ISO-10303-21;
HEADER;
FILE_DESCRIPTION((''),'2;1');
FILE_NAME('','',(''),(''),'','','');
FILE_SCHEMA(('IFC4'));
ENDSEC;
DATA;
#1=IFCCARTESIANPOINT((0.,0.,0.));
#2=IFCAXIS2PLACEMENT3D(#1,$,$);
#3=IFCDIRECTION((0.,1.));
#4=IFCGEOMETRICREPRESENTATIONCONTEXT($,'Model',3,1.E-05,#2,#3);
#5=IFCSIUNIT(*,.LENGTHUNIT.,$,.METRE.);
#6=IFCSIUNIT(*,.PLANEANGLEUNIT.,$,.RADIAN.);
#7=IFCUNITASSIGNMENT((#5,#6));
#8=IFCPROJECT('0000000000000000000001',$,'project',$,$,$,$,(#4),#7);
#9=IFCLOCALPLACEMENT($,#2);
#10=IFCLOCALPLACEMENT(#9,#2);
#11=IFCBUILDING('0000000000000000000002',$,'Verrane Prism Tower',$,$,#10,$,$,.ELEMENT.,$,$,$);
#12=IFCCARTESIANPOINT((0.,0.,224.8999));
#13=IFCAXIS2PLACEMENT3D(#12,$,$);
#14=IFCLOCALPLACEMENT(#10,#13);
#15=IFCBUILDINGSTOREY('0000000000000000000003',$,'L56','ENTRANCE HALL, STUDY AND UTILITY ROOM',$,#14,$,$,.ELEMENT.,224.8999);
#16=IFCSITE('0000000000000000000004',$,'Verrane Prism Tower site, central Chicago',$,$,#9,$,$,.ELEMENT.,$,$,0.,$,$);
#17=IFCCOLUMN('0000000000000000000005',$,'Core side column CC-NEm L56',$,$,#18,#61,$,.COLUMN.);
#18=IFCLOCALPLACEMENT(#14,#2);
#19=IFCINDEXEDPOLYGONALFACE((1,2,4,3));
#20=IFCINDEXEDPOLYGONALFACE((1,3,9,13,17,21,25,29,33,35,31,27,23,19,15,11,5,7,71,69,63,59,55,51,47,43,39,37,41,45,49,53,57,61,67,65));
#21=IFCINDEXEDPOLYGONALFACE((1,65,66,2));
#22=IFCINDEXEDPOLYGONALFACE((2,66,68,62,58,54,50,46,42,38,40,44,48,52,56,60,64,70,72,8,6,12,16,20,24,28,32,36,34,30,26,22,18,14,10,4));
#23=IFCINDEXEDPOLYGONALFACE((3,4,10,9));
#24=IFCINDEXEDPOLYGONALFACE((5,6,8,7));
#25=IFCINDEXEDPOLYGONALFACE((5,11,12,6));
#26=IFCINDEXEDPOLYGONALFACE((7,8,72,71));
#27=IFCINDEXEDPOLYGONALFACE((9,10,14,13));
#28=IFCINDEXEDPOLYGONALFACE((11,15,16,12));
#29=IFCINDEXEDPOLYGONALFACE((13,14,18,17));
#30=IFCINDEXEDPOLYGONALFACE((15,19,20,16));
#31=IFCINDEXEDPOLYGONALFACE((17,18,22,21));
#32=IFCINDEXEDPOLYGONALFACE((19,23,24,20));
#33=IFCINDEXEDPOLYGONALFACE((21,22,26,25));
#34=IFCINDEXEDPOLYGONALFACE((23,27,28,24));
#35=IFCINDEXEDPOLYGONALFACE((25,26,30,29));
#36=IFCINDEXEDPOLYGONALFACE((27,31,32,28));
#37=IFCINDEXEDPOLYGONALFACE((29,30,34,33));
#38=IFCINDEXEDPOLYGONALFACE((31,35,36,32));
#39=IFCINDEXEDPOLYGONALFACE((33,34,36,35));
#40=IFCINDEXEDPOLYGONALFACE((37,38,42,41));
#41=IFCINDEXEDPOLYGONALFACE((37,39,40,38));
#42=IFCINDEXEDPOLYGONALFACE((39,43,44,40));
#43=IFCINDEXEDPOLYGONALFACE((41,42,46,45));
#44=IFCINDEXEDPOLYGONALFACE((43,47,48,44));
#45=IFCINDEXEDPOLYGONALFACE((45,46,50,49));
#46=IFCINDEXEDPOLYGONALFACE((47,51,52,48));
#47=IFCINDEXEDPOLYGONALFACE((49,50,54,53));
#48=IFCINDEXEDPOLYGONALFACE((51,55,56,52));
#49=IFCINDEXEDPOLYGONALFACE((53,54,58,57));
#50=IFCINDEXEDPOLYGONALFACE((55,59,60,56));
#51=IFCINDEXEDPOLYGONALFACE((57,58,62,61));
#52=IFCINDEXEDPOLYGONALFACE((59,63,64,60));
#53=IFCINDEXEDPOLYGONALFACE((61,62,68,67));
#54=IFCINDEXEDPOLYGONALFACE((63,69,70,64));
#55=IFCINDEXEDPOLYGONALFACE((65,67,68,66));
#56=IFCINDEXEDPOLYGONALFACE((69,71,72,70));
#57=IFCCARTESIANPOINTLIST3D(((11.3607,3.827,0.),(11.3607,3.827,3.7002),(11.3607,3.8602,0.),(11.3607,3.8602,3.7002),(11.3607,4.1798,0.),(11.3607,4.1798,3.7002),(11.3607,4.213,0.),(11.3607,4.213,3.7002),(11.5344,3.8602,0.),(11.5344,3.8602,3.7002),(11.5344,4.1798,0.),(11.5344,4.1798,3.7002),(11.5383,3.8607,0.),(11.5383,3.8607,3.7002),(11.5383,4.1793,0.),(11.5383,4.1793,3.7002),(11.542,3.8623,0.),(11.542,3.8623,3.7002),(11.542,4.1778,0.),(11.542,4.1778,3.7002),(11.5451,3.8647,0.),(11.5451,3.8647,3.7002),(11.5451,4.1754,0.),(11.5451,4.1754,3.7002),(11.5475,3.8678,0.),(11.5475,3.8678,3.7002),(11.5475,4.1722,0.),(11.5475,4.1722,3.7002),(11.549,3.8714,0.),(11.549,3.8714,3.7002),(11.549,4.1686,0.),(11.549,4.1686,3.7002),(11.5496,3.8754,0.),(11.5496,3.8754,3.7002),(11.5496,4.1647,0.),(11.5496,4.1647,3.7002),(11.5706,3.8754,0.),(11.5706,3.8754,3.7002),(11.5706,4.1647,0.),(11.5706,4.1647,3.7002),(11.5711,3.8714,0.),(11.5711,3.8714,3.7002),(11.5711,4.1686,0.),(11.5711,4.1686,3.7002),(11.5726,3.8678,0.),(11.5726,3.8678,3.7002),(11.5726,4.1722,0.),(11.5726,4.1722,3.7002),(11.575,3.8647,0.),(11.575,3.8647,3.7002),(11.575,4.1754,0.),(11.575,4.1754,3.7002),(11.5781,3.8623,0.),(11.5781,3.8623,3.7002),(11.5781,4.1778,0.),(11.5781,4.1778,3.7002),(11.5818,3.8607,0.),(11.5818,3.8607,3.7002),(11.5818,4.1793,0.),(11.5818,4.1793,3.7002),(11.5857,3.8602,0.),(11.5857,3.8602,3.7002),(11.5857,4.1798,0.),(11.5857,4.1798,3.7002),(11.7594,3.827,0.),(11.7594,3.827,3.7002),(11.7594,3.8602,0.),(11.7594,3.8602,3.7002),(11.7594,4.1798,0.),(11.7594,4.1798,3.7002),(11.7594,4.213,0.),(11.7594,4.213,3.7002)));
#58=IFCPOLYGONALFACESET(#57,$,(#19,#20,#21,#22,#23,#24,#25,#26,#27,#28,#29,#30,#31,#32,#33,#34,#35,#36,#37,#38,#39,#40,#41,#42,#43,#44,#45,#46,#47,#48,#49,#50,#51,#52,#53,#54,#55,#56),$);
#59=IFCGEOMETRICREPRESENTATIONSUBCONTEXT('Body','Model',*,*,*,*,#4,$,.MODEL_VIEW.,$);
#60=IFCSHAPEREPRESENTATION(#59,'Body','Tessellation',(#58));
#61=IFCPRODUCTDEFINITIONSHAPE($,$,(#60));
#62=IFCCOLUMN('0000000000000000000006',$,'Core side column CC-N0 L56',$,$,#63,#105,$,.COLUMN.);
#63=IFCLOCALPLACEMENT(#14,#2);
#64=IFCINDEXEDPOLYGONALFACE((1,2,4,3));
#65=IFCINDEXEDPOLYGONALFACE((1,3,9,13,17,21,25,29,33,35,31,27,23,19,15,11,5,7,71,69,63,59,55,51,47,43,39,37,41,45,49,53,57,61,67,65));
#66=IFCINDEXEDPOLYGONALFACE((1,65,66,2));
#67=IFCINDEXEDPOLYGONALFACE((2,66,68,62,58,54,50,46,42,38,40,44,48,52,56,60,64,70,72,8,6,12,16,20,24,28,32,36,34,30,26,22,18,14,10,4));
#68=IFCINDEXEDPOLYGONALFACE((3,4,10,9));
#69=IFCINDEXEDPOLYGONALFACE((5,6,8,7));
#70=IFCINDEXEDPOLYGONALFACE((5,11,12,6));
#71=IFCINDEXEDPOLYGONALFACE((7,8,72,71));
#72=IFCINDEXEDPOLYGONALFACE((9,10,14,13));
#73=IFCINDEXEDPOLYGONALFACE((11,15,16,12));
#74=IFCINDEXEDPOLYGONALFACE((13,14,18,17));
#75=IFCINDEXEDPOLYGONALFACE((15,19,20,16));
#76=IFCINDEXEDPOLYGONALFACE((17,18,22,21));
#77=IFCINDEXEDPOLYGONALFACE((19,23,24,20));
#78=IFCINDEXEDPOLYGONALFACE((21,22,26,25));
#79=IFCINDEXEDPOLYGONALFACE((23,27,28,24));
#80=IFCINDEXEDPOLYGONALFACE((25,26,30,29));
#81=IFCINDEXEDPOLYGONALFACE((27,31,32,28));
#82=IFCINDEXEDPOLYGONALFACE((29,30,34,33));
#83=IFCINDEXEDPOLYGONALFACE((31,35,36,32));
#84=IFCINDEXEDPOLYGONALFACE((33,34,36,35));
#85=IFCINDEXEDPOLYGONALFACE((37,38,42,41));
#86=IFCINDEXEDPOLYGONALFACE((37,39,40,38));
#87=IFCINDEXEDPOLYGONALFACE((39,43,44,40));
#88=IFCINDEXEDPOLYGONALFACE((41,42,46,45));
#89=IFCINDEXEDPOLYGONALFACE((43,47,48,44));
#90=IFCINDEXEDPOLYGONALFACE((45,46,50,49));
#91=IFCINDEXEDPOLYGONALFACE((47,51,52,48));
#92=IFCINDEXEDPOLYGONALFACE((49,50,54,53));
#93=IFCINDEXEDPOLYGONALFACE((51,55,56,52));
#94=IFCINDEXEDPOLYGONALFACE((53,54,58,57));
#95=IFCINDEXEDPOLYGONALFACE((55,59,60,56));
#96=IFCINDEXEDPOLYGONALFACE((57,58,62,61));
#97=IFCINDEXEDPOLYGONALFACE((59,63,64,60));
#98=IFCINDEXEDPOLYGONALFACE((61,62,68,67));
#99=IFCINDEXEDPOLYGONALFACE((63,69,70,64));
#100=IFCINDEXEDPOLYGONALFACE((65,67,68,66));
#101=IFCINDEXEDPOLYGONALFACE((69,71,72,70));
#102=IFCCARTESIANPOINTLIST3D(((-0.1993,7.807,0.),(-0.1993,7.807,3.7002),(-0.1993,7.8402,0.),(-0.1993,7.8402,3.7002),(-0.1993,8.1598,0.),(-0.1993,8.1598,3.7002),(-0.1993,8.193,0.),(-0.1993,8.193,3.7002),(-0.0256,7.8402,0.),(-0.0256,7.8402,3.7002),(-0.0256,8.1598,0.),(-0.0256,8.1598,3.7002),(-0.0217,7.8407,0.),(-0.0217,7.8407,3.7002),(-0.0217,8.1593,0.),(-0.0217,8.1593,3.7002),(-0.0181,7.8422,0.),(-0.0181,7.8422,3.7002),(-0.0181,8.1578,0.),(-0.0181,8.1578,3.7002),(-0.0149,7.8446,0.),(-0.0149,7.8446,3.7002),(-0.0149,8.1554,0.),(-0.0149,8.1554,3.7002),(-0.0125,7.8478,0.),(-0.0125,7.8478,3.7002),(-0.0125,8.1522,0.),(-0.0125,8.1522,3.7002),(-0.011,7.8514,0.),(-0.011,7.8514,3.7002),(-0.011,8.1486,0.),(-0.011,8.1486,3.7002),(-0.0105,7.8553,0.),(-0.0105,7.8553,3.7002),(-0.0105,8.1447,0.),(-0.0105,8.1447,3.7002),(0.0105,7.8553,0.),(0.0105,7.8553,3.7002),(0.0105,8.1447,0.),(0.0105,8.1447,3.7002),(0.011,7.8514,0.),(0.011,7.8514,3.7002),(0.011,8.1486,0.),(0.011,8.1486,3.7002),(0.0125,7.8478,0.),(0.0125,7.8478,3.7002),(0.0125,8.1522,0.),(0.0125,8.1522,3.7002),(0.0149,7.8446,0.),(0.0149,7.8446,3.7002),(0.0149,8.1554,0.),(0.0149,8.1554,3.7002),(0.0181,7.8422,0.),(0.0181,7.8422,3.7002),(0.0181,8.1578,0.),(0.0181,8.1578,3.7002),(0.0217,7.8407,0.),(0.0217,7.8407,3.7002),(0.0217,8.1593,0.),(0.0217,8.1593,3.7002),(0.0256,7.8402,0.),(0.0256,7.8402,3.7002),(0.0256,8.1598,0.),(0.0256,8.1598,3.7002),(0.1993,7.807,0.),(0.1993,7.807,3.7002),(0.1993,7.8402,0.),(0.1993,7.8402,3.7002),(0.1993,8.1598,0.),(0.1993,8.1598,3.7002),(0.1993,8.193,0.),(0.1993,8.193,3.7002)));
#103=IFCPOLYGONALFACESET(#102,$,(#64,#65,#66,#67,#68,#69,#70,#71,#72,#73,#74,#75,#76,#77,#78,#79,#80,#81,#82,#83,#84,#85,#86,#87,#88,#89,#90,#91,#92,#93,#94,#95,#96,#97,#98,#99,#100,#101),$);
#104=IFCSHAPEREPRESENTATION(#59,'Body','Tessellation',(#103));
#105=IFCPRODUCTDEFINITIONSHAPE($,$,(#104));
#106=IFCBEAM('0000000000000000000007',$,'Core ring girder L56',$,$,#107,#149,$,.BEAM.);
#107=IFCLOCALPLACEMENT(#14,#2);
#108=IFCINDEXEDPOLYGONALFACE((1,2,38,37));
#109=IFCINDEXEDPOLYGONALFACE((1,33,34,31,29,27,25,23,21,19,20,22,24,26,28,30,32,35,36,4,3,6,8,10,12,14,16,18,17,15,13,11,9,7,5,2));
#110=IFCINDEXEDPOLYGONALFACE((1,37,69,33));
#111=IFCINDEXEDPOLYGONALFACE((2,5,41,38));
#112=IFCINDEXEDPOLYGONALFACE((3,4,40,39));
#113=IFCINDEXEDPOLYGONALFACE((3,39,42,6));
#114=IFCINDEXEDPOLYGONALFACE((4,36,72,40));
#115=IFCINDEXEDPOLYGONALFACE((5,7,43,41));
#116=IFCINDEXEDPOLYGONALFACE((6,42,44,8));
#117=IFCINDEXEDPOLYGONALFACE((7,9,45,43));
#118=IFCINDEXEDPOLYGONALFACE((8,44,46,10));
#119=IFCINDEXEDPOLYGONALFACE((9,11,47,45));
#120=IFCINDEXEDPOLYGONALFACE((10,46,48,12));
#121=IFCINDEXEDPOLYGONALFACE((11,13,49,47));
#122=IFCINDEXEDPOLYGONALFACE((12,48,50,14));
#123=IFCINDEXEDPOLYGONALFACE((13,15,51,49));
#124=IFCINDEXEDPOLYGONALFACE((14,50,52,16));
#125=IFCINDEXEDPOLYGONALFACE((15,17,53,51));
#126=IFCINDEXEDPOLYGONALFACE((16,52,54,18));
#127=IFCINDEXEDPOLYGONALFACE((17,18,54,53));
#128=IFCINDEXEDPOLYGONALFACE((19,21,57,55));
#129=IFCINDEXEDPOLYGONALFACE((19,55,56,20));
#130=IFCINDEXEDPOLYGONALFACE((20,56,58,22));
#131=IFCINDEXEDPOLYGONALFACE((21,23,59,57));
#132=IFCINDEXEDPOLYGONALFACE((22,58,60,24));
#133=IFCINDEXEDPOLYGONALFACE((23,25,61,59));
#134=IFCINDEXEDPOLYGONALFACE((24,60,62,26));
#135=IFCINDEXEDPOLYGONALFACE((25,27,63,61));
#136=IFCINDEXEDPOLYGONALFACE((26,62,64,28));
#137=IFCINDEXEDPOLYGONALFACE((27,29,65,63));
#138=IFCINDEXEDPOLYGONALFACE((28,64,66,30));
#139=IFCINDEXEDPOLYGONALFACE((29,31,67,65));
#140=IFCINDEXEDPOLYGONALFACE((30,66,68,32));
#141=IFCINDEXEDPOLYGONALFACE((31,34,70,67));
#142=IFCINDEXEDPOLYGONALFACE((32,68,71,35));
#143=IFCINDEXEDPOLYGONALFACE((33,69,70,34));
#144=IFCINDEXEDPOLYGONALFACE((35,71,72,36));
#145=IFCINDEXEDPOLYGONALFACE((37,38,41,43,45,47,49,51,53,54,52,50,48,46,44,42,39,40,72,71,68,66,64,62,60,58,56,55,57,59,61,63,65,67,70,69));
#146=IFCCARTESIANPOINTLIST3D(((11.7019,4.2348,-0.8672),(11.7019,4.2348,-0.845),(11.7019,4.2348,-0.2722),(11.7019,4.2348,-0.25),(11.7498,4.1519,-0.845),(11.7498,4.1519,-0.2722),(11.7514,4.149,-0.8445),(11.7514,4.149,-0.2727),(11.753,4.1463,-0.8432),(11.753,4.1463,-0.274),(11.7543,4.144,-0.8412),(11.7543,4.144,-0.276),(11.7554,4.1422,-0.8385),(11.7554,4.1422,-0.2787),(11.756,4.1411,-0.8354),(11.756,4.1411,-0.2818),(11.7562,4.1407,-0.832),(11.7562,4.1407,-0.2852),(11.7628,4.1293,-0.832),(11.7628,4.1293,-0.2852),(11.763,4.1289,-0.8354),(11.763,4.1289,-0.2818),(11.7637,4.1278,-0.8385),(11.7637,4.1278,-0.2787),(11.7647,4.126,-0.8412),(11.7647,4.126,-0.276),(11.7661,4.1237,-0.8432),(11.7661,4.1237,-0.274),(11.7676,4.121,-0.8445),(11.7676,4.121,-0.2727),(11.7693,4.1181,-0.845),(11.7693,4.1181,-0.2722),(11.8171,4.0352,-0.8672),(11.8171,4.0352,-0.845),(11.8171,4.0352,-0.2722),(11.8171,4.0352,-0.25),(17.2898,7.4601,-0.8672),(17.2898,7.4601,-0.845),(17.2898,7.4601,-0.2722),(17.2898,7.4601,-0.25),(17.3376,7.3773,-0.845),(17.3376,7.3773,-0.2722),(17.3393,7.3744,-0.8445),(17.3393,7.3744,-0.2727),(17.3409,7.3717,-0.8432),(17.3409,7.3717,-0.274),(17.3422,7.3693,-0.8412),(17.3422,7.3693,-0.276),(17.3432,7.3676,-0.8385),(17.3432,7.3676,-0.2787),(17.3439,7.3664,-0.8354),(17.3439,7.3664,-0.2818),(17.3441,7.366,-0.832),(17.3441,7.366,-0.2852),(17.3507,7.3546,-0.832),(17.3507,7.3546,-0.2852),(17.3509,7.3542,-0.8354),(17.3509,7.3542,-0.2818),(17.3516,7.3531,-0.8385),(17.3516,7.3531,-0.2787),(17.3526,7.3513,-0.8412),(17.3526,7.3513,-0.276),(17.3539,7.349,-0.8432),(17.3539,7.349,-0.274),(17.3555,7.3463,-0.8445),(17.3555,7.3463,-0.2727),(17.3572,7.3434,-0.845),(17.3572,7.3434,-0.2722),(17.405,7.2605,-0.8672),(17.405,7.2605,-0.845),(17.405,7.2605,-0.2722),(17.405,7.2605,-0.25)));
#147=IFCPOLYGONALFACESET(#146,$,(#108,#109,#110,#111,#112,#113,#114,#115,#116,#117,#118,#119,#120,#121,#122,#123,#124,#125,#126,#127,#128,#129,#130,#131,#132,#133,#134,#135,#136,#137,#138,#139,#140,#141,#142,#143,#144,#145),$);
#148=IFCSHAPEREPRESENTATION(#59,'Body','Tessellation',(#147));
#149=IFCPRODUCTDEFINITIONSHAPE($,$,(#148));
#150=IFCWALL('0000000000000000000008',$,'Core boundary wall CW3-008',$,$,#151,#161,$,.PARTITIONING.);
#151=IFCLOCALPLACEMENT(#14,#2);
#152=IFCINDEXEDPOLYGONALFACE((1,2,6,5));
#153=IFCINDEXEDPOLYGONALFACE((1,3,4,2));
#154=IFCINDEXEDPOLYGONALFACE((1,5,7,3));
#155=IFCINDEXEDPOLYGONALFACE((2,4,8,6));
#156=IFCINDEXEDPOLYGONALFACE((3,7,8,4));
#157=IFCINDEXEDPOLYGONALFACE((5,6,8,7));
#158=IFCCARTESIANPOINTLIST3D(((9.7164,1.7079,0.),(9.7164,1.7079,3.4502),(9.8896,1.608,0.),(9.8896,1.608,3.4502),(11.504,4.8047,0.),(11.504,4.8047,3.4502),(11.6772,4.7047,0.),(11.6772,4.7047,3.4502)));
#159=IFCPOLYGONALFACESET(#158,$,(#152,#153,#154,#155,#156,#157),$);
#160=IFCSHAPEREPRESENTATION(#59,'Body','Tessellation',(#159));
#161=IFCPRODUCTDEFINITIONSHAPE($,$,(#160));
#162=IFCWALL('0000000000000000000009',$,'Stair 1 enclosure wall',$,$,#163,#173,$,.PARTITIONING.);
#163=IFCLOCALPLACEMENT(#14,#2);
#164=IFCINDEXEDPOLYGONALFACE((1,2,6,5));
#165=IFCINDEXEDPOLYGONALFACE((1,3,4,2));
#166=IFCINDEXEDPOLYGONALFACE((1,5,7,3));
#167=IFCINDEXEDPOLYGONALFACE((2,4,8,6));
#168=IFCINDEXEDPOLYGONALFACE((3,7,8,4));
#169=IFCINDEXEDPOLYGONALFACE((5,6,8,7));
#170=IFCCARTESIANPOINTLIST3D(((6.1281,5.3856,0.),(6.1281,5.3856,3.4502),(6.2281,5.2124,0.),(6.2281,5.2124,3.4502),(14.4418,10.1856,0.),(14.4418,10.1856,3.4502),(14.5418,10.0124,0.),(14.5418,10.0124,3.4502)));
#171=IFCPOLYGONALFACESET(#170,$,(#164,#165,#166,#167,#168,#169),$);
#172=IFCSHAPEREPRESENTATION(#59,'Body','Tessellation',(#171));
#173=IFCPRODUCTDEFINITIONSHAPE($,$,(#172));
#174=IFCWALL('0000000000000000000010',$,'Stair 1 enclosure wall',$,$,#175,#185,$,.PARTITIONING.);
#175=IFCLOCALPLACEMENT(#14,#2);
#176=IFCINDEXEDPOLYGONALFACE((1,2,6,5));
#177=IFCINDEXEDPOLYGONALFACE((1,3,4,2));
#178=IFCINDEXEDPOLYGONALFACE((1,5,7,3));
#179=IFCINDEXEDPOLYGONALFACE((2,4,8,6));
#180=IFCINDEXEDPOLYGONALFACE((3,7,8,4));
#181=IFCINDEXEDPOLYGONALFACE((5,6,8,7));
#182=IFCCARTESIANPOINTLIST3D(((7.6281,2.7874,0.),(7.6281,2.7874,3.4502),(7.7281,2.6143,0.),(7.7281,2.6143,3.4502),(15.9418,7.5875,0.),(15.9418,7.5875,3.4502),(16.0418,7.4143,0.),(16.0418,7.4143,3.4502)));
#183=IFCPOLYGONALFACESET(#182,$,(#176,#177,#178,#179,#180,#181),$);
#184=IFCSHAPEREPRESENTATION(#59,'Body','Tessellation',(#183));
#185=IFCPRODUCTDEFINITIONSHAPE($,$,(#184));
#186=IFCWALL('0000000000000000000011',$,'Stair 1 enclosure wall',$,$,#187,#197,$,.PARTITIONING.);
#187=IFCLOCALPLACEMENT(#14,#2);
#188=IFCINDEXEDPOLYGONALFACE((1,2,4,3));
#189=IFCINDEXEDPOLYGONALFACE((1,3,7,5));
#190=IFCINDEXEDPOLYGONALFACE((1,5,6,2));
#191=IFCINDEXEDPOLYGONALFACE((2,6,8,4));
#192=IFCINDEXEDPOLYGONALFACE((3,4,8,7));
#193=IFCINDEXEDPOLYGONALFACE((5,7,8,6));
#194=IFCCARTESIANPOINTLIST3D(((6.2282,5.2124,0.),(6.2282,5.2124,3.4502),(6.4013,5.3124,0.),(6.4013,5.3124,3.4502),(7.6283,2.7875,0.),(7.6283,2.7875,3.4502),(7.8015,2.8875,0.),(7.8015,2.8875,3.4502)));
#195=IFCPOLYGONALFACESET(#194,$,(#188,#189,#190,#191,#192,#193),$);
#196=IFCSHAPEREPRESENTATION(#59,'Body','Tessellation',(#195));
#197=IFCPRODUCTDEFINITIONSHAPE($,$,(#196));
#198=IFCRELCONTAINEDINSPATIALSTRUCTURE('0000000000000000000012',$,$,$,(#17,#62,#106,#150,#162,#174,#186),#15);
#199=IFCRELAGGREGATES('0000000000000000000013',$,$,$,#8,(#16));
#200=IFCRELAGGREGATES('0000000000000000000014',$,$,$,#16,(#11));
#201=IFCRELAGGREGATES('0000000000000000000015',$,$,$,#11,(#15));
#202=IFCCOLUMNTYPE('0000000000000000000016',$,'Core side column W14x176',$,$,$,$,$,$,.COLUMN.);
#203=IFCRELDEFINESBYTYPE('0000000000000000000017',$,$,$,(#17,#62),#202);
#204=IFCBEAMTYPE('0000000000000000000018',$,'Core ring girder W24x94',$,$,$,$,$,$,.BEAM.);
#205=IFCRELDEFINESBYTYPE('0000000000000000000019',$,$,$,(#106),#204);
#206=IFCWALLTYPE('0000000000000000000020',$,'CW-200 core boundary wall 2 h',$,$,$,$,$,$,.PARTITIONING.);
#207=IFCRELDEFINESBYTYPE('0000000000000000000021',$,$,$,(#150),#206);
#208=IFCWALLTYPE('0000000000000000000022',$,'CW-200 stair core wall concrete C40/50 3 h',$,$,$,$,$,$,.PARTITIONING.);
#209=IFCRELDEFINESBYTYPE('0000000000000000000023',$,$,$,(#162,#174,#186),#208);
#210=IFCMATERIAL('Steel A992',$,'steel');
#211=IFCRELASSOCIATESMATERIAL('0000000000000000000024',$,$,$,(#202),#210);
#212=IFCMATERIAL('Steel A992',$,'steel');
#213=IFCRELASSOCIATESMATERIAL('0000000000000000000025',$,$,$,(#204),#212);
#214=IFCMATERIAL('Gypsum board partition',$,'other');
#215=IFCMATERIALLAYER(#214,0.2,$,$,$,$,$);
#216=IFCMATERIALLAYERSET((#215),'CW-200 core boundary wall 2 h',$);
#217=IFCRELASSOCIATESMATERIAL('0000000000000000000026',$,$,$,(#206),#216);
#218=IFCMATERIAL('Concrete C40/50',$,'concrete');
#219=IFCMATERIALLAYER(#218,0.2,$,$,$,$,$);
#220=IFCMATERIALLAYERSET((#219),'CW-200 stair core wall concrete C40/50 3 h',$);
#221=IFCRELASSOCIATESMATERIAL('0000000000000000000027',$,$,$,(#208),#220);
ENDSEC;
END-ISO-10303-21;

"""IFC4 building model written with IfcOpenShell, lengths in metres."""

from ifc_helpers import new_model, si_unit, direction, frame, frame_2d, origin, origin_2d, place, context, subcontext, project, spatial, rectangle, i_section, extrude, material, layer, layer_set, material_profile, profile_set, type_object, element, save


model = new_model("IFC4")

# Units and contexts
model_context = context("Model", 3, precision=1e-05, world=origin(), true_north=direction((0.0, 1.0)))
body_context = subcontext(model_context, "Body", "Model", "MODEL_VIEW")
ifc_project = project(units=[si_unit("LENGTHUNIT", "METRE"), si_unit("PLANEANGLEUNIT", "RADIAN")], contexts=[model_context])

# Site, building, storey
site_placement = place(None, origin())
site = spatial("IfcSite", under=ifc_project, at=site_placement, Name="Verrane Prism Tower site, central Chicago", CompositionType="ELEMENT", RefElevation=0.0)
building_placement = place(site_placement, origin())
building = spatial("IfcBuilding", under=site, at=building_placement, Name="Verrane Prism Tower", CompositionType="ELEMENT")
storey_placement = place(building_placement, frame((0.0, 0.0, 224.8999)))
storey = spatial("IfcBuildingStorey", under=building, at=storey_placement, Name="L56", Description="ENTRANCE HALL, STUDY AND UTILITY ROOM", CompositionType="ELEMENT", Elevation=224.8999)

# Columns
ifc_material_1 = material(Name="Steel A992", Category="steel")
ifc_material_profile_1 = material_profile(ifc_material_1, i_section(OverallWidth=0.3987, OverallDepth=0.386, WebThickness=0.021, FlangeThickness=0.0332, FilletRadius=0.0151, at=origin_2d()), Name="W14x176")
ifc_profile_set_1 = profile_set([ifc_material_profile_1], Name="Steel A992")
column_type = type_object("IfcColumnType", Name="Core side column W14x176", PredefinedType="COLUMN", material=ifc_profile_set_1)
for number, where, z_axis, x_axis, name in (
    (1, (11.5601, 4.02, 0.0), (0.0, 0.0, 1.0), (1.0, 0.0, 0.0), "Core side column CC-NEm L56"),
    (2, (0.0, 8.0, 0.0), (0.0, 0.0, 1.0), (1.0, 0.0, 0.0), "Core side column CC-N0 L56"),
):
    element("IfcColumn", number, at=place(storey_placement, frame(where, z_axis=z_axis, x_axis=x_axis)), inside=storey, type_object=column_type, Name=name, PredefinedType="COLUMN", context=body_context, shape_type="SweptSolid", body=[
        extrude(i_section(OverallWidth=0.3987, OverallDepth=0.386, WebThickness=0.021, FlangeThickness=0.0332, FilletRadius=0.0151, at=origin_2d()), origin(), (0.0, 0.0, 1.0), 3.7002),
    ])

# Beam
ifc_material_2 = material(Name="Steel A992", Category="steel")
ifc_material_profile_2 = material_profile(ifc_material_2, i_section(OverallWidth=0.2305, OverallDepth=0.6172, WebThickness=0.0132, FlangeThickness=0.0222, FilletRadius=0.0129, at=origin_2d()), Name="W24x94")
ifc_profile_set_2 = profile_set([ifc_material_profile_2], Name="Steel A992")
beam_type = type_object("IfcBeamType", Name="Core ring girder W24x94", PredefinedType="BEAM", material=ifc_profile_set_2)
beam_placement = place(storey_placement, frame((11.7595, 4.135, -0.5586), z_axis=(0.866081, 0.499904, 0.0), x_axis=(-0.499904, 0.866081, 0.0)))
element("IfcBeam", 3, at=beam_placement, inside=storey, type_object=beam_type, Name="Core ring girder L56", PredefinedType="BEAM", context=body_context, shape_type="SweptSolid", body=[
    extrude(i_section(OverallWidth=0.2305, OverallDepth=0.6172, WebThickness=0.0132, FlangeThickness=0.0222, FilletRadius=0.0129, at=origin_2d()), origin(), (0.0, 0.0, 1.0), 6.4519),
])

# Walls
ifc_material_3 = material(Name="Gypsum board partition", Category="other")
ifc_layer_1 = layer(ifc_material_3, 0.2)
ifc_layer_set_1 = layer_set([ifc_layer_1], Name="CW-200 core boundary wall 2 h")
wall_type_1 = type_object("IfcWallType", Name="CW-200 core boundary wall 2 h", PredefinedType="PARTITIONING", material=ifc_layer_set_1)
wall_1_placement = place(storey_placement, frame((9.803, 1.658, 0.0), z_axis=(0.0, 0.0, 1.0), x_axis=(0.499943, 0.866058, 0.0)))
element("IfcWall", 4, at=wall_1_placement, inside=storey, type_object=wall_type_1, Name="Core boundary wall CW3-008", PredefinedType="PARTITIONING", context=body_context, shape_type="SweptSolid", body=[
    extrude(rectangle(XDim=3.5757, YDim=0.2, at=frame_2d((1.7878, 0.0))), origin(), (0.0, 0.0, 1.0), 3.4502),
])
ifc_material_4 = material(Name="Concrete C40/50", Category="concrete")
ifc_layer_2 = layer(ifc_material_4, 0.2)
ifc_layer_set_2 = layer_set([ifc_layer_2], Name="CW-200 stair core wall concrete C40/50 3 h")
wall_type_2 = type_object("IfcWallType", Name="CW-200 stair core wall concrete C40/50 3 h", PredefinedType="PARTITIONING", material=ifc_layer_set_2)
for number, where, z_axis, x_axis, name in (
    (5, (6.1782, 5.2991, 0.0), (0.0, 0.0, 1.0), (0.86602, 0.500009, 0.0), "Stair 1 enclosure wall"),
    (6, (7.6782, 2.7009, 0.0), (0.0, 0.0, 1.0), (0.86602, 0.500009, 0.0), "Stair 1 enclosure wall"),
):
    element("IfcWall", number, at=place(storey_placement, frame(where, z_axis=z_axis, x_axis=x_axis)), inside=storey, type_object=wall_type_2, Name=name, PredefinedType="PARTITIONING", context=body_context, shape_type="SweptSolid", body=[
        extrude(rectangle(XDim=9.5999, YDim=0.2, at=frame_2d((4.7998, 0.0))), origin(), (0.0, 0.0, 1.0), 3.4502),
    ])
wall_2_placement = place(storey_placement, frame((7.7148, 2.8376, 0.0), z_axis=(0.0, 0.0, 1.0), x_axis=(-0.50005, 0.865997, 0.0)))
element("IfcWall", 7, at=wall_2_placement, inside=storey, type_object=wall_type_2, Name="Stair 1 enclosure wall", PredefinedType="PARTITIONING", context=body_context, shape_type="SweptSolid", body=[
    extrude(rectangle(XDim=2.8, YDim=0.2, at=frame_2d((1.3999, 0.0))), origin(), (0.0, 0.0, 1.0), 3.4502),
])

save(model, "model.ifc")
